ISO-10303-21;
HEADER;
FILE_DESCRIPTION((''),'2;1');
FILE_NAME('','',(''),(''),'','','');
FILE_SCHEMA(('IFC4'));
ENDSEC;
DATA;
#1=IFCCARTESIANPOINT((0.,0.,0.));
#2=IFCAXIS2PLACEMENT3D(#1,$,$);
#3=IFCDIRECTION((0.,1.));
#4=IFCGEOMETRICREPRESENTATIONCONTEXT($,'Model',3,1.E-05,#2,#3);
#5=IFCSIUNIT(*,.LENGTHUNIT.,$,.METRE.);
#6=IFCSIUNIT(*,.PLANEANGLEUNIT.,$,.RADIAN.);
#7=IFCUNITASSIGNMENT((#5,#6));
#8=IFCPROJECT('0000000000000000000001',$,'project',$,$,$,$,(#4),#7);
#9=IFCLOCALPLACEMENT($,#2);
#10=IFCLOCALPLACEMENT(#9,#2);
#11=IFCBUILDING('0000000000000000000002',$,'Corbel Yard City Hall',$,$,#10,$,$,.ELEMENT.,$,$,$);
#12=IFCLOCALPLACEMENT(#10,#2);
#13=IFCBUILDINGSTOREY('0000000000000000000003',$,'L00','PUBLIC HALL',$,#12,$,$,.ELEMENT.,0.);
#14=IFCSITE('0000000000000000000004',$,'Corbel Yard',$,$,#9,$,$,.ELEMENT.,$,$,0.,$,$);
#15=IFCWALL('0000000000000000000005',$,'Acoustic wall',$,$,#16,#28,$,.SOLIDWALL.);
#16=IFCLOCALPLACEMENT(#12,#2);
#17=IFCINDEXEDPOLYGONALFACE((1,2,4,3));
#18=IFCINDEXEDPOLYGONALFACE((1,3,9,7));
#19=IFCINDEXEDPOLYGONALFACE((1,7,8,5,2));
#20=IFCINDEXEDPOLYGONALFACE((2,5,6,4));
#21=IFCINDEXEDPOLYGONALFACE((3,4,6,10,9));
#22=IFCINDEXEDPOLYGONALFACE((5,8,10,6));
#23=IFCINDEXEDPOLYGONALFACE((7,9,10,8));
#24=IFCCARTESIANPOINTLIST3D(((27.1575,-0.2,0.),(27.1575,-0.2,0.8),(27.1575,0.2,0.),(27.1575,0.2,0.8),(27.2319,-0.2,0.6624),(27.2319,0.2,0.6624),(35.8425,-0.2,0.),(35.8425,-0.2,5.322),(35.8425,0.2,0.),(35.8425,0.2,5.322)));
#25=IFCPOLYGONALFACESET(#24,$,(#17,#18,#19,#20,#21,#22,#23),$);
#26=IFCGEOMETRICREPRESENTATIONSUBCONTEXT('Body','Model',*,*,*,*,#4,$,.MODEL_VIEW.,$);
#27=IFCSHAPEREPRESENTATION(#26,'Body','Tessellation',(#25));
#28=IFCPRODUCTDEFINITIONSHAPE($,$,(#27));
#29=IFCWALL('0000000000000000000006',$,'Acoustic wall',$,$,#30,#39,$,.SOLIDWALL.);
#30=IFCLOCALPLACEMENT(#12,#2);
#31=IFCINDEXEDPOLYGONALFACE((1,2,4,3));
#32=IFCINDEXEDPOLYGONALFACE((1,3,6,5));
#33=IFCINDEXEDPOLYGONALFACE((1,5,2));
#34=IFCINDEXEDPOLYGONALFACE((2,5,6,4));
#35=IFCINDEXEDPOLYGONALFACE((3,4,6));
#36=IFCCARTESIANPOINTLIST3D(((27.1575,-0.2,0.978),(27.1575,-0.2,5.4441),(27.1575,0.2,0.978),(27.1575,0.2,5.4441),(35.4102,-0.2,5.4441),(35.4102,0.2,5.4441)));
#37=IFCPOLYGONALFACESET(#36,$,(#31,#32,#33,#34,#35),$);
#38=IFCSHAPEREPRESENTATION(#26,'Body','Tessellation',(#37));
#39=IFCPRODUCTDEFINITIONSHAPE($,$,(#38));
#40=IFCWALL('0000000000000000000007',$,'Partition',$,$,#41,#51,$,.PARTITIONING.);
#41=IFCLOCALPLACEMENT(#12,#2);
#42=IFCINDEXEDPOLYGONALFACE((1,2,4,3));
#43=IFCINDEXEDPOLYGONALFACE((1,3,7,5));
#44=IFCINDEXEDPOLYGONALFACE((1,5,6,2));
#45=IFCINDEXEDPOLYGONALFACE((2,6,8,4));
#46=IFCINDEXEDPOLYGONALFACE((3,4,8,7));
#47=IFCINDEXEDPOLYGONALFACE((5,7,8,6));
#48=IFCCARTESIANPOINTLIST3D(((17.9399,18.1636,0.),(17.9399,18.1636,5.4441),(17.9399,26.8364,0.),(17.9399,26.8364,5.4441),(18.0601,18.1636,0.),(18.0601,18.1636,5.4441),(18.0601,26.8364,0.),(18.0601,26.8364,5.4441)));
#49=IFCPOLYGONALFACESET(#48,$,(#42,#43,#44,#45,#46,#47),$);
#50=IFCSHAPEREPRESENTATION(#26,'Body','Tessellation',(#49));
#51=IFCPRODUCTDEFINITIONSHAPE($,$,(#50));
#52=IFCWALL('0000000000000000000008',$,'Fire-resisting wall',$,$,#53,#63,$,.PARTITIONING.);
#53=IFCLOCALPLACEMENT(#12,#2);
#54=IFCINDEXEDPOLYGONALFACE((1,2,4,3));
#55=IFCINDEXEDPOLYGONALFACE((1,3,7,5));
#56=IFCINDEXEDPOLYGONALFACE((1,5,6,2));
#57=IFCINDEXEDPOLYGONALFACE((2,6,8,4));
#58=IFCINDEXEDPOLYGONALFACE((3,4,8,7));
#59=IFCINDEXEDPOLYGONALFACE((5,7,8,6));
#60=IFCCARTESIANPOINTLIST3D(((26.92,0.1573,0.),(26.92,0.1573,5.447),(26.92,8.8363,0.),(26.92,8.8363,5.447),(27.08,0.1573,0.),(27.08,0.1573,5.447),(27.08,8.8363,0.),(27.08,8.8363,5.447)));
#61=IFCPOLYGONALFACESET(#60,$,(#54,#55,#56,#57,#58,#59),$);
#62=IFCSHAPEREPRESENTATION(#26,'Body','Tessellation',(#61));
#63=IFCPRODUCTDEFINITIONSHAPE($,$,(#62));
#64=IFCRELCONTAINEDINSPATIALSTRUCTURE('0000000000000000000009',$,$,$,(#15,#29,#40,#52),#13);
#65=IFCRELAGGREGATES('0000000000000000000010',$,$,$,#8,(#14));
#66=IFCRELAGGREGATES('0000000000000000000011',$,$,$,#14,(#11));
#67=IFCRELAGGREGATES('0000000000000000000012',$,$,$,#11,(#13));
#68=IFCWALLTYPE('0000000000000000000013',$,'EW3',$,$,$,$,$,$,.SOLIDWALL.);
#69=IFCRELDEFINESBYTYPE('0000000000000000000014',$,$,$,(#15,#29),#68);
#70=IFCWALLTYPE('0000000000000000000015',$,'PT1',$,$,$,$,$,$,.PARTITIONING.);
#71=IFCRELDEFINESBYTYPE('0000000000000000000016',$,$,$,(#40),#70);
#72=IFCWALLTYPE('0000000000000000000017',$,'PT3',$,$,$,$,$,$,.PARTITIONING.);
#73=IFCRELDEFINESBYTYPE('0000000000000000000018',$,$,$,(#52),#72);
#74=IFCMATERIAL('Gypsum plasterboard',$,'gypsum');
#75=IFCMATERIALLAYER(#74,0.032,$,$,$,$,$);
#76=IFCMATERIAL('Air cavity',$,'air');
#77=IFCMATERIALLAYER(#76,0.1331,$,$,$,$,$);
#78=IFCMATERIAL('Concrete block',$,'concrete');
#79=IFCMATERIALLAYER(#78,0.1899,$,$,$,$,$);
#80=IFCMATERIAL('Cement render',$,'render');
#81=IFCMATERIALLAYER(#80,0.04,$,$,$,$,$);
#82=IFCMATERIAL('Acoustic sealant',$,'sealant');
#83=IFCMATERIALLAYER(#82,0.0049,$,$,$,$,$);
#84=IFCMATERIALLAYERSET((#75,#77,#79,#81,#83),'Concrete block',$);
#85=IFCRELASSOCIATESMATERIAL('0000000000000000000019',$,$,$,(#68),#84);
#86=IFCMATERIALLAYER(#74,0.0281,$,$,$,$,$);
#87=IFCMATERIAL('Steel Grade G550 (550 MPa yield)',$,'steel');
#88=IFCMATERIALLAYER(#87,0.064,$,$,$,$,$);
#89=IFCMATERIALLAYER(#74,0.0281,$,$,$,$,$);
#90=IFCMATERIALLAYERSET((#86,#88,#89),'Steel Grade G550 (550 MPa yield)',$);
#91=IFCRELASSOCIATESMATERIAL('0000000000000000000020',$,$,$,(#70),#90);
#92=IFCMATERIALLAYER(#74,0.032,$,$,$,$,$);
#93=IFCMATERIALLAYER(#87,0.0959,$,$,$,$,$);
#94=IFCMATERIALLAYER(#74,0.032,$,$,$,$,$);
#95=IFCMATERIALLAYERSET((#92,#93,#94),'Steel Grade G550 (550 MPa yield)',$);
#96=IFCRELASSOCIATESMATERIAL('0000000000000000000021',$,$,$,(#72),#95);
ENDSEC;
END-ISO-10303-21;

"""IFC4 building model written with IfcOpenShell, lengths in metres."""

from ifc_helpers import new_model, si_unit, direction, frame, frame_2d, origin, place, context, subcontext, project, spatial, polyline, rectangle, outline, extrude, material, layer, layer_set, type_object, element, save


model = new_model("IFC4")

# Units and contexts
model_context = context("Model", 3, precision=1e-05, world=origin(), true_north=direction((0.0, 1.0)))
body_context = subcontext(model_context, "Body", "Model", "MODEL_VIEW")
ifc_project = project(units=[si_unit("LENGTHUNIT", "METRE"), si_unit("PLANEANGLEUNIT", "RADIAN")], contexts=[model_context])

# Site, building, storey
site_placement = place(None, origin())
site = spatial("IfcSite", under=ifc_project, at=site_placement, Name="Corbel Yard", CompositionType="ELEMENT", RefElevation=0.0)
building_placement = place(site_placement, origin())
building = spatial("IfcBuilding", under=site, at=building_placement, Name="Corbel Yard City Hall", CompositionType="ELEMENT")
storey_placement = place(building_placement, origin())
storey = spatial("IfcBuildingStorey", under=building, at=storey_placement, Name="L00", Description="PUBLIC HALL", CompositionType="ELEMENT", Elevation=0.0)

# Walls
ifc_material_1 = material(Name="Gypsum plasterboard", Category="gypsum")
ifc_layer_1 = layer(ifc_material_1, 0.032)
ifc_material_2 = material(Name="Air cavity", Category="air")
ifc_layer_2 = layer(ifc_material_2, 0.1331)
ifc_material_3 = material(Name="Concrete block", Category="concrete")
ifc_layer_3 = layer(ifc_material_3, 0.1899)
ifc_material_4 = material(Name="Cement render", Category="render")
ifc_layer_4 = layer(ifc_material_4, 0.04)
ifc_material_5 = material(Name="Acoustic sealant", Category="sealant")
ifc_layer_5 = layer(ifc_material_5, 0.0049)
ifc_layer_set_1 = layer_set([ifc_layer_1, ifc_layer_2, ifc_layer_3, ifc_layer_4, ifc_layer_5], Name="Concrete block")
wall_type_1 = type_object("IfcWallType", Name="EW3", PredefinedType="SOLIDWALL", material=ifc_layer_set_1)
wall_1_placement = place(storey_placement, frame((27.1575, 0.0, 0.0), z_axis=(0.0, 0.0, 1.0), x_axis=(1.0, 0.0, 0.0)))
element("IfcWall", 1, at=wall_1_placement, inside=storey, type_object=wall_type_1, Name="Acoustic wall", PredefinedType="SOLIDWALL", context=body_context, shape_type="SweptSolid", body=[
    extrude(outline(polyline([(8.6851, 0.0), (0.0, 0.0), (0.0, 0.8), (0.0745, 0.6624), (8.6851, 5.322), (8.6851, 0.0)])), frame((0.0, 0.2, 0.0), z_axis=(0.0, -1.0, 0.0), x_axis=(1.0, 0.0, 0.0)), (0.0, 0.0, 1.0), 0.3999),
])
wall_2_placement = place(storey_placement, frame((27.1575, 0.0, 0.0), z_axis=(0.0, 0.0, 1.0), x_axis=(1.0, 0.0, 0.0)))
element("IfcWall", 2, at=wall_2_placement, inside=storey, type_object=wall_type_1, Name="Acoustic wall", PredefinedType="SOLIDWALL", context=body_context, shape_type="SweptSolid", body=[
    extrude(outline(polyline([(0.0, 5.4441), (8.2527, 5.4441), (0.0, 0.978), (0.0, 5.4441)])), frame((0.0, 0.2, 0.0), z_axis=(0.0, -1.0, 0.0), x_axis=(1.0, 0.0, 0.0)), (0.0, 0.0, 1.0), 0.3999),
])
ifc_layer_6 = layer(ifc_material_1, 0.0281)
ifc_material_6 = material(Name="Steel Grade G550 (550 MPa yield)", Category="steel")
ifc_layer_7 = layer(ifc_material_6, 0.064)
ifc_layer_8 = layer(ifc_material_1, 0.0281)
ifc_layer_set_2 = layer_set([ifc_layer_6, ifc_layer_7, ifc_layer_8], Name="Steel Grade G550 (550 MPa yield)")
wall_type_2 = type_object("IfcWallType", Name="PT1", PredefinedType="PARTITIONING", material=ifc_layer_set_2)
wall_3_placement = place(storey_placement, frame((18.0, 18.1636, 0.0), z_axis=(0.0, 0.0, 1.0), x_axis=(0.0, 1.0, 0.0)))
element("IfcWall", 3, at=wall_3_placement, inside=storey, type_object=wall_type_2, Name="Partition", PredefinedType="PARTITIONING", context=body_context, shape_type="SweptSolid", body=[
    extrude(rectangle(XDim=8.6729, YDim=0.1201, at=frame_2d((4.3364, 0.0))), origin(), (0.0, 0.0, 1.0), 5.4441),
])
ifc_layer_9 = layer(ifc_material_1, 0.032)
ifc_layer_10 = layer(ifc_material_6, 0.0959)
ifc_layer_11 = layer(ifc_material_1, 0.032)
ifc_layer_set_3 = layer_set([ifc_layer_9, ifc_layer_10, ifc_layer_11], Name="Steel Grade G550 (550 MPa yield)")
wall_type_3 = type_object("IfcWallType", Name="PT3", PredefinedType="PARTITIONING", material=ifc_layer_set_3)
wall_4_placement = place(storey_placement, frame((27.0, 0.1575, 0.0), z_axis=(0.0, 0.0, 1.0), x_axis=(0.0, 1.0, 0.0)))
element("IfcWall", 4, at=wall_4_placement, inside=storey, type_object=wall_type_3, Name="Fire-resisting wall", PredefinedType="PARTITIONING", context=body_context, shape_type="SweptSolid", body=[
    extrude(rectangle(XDim=8.679, YDim=0.1599, at=frame_2d((4.3394, 0.0))), origin(), (0.0, 0.0, 1.0), 5.447),
])

save(model, "model.ifc")
